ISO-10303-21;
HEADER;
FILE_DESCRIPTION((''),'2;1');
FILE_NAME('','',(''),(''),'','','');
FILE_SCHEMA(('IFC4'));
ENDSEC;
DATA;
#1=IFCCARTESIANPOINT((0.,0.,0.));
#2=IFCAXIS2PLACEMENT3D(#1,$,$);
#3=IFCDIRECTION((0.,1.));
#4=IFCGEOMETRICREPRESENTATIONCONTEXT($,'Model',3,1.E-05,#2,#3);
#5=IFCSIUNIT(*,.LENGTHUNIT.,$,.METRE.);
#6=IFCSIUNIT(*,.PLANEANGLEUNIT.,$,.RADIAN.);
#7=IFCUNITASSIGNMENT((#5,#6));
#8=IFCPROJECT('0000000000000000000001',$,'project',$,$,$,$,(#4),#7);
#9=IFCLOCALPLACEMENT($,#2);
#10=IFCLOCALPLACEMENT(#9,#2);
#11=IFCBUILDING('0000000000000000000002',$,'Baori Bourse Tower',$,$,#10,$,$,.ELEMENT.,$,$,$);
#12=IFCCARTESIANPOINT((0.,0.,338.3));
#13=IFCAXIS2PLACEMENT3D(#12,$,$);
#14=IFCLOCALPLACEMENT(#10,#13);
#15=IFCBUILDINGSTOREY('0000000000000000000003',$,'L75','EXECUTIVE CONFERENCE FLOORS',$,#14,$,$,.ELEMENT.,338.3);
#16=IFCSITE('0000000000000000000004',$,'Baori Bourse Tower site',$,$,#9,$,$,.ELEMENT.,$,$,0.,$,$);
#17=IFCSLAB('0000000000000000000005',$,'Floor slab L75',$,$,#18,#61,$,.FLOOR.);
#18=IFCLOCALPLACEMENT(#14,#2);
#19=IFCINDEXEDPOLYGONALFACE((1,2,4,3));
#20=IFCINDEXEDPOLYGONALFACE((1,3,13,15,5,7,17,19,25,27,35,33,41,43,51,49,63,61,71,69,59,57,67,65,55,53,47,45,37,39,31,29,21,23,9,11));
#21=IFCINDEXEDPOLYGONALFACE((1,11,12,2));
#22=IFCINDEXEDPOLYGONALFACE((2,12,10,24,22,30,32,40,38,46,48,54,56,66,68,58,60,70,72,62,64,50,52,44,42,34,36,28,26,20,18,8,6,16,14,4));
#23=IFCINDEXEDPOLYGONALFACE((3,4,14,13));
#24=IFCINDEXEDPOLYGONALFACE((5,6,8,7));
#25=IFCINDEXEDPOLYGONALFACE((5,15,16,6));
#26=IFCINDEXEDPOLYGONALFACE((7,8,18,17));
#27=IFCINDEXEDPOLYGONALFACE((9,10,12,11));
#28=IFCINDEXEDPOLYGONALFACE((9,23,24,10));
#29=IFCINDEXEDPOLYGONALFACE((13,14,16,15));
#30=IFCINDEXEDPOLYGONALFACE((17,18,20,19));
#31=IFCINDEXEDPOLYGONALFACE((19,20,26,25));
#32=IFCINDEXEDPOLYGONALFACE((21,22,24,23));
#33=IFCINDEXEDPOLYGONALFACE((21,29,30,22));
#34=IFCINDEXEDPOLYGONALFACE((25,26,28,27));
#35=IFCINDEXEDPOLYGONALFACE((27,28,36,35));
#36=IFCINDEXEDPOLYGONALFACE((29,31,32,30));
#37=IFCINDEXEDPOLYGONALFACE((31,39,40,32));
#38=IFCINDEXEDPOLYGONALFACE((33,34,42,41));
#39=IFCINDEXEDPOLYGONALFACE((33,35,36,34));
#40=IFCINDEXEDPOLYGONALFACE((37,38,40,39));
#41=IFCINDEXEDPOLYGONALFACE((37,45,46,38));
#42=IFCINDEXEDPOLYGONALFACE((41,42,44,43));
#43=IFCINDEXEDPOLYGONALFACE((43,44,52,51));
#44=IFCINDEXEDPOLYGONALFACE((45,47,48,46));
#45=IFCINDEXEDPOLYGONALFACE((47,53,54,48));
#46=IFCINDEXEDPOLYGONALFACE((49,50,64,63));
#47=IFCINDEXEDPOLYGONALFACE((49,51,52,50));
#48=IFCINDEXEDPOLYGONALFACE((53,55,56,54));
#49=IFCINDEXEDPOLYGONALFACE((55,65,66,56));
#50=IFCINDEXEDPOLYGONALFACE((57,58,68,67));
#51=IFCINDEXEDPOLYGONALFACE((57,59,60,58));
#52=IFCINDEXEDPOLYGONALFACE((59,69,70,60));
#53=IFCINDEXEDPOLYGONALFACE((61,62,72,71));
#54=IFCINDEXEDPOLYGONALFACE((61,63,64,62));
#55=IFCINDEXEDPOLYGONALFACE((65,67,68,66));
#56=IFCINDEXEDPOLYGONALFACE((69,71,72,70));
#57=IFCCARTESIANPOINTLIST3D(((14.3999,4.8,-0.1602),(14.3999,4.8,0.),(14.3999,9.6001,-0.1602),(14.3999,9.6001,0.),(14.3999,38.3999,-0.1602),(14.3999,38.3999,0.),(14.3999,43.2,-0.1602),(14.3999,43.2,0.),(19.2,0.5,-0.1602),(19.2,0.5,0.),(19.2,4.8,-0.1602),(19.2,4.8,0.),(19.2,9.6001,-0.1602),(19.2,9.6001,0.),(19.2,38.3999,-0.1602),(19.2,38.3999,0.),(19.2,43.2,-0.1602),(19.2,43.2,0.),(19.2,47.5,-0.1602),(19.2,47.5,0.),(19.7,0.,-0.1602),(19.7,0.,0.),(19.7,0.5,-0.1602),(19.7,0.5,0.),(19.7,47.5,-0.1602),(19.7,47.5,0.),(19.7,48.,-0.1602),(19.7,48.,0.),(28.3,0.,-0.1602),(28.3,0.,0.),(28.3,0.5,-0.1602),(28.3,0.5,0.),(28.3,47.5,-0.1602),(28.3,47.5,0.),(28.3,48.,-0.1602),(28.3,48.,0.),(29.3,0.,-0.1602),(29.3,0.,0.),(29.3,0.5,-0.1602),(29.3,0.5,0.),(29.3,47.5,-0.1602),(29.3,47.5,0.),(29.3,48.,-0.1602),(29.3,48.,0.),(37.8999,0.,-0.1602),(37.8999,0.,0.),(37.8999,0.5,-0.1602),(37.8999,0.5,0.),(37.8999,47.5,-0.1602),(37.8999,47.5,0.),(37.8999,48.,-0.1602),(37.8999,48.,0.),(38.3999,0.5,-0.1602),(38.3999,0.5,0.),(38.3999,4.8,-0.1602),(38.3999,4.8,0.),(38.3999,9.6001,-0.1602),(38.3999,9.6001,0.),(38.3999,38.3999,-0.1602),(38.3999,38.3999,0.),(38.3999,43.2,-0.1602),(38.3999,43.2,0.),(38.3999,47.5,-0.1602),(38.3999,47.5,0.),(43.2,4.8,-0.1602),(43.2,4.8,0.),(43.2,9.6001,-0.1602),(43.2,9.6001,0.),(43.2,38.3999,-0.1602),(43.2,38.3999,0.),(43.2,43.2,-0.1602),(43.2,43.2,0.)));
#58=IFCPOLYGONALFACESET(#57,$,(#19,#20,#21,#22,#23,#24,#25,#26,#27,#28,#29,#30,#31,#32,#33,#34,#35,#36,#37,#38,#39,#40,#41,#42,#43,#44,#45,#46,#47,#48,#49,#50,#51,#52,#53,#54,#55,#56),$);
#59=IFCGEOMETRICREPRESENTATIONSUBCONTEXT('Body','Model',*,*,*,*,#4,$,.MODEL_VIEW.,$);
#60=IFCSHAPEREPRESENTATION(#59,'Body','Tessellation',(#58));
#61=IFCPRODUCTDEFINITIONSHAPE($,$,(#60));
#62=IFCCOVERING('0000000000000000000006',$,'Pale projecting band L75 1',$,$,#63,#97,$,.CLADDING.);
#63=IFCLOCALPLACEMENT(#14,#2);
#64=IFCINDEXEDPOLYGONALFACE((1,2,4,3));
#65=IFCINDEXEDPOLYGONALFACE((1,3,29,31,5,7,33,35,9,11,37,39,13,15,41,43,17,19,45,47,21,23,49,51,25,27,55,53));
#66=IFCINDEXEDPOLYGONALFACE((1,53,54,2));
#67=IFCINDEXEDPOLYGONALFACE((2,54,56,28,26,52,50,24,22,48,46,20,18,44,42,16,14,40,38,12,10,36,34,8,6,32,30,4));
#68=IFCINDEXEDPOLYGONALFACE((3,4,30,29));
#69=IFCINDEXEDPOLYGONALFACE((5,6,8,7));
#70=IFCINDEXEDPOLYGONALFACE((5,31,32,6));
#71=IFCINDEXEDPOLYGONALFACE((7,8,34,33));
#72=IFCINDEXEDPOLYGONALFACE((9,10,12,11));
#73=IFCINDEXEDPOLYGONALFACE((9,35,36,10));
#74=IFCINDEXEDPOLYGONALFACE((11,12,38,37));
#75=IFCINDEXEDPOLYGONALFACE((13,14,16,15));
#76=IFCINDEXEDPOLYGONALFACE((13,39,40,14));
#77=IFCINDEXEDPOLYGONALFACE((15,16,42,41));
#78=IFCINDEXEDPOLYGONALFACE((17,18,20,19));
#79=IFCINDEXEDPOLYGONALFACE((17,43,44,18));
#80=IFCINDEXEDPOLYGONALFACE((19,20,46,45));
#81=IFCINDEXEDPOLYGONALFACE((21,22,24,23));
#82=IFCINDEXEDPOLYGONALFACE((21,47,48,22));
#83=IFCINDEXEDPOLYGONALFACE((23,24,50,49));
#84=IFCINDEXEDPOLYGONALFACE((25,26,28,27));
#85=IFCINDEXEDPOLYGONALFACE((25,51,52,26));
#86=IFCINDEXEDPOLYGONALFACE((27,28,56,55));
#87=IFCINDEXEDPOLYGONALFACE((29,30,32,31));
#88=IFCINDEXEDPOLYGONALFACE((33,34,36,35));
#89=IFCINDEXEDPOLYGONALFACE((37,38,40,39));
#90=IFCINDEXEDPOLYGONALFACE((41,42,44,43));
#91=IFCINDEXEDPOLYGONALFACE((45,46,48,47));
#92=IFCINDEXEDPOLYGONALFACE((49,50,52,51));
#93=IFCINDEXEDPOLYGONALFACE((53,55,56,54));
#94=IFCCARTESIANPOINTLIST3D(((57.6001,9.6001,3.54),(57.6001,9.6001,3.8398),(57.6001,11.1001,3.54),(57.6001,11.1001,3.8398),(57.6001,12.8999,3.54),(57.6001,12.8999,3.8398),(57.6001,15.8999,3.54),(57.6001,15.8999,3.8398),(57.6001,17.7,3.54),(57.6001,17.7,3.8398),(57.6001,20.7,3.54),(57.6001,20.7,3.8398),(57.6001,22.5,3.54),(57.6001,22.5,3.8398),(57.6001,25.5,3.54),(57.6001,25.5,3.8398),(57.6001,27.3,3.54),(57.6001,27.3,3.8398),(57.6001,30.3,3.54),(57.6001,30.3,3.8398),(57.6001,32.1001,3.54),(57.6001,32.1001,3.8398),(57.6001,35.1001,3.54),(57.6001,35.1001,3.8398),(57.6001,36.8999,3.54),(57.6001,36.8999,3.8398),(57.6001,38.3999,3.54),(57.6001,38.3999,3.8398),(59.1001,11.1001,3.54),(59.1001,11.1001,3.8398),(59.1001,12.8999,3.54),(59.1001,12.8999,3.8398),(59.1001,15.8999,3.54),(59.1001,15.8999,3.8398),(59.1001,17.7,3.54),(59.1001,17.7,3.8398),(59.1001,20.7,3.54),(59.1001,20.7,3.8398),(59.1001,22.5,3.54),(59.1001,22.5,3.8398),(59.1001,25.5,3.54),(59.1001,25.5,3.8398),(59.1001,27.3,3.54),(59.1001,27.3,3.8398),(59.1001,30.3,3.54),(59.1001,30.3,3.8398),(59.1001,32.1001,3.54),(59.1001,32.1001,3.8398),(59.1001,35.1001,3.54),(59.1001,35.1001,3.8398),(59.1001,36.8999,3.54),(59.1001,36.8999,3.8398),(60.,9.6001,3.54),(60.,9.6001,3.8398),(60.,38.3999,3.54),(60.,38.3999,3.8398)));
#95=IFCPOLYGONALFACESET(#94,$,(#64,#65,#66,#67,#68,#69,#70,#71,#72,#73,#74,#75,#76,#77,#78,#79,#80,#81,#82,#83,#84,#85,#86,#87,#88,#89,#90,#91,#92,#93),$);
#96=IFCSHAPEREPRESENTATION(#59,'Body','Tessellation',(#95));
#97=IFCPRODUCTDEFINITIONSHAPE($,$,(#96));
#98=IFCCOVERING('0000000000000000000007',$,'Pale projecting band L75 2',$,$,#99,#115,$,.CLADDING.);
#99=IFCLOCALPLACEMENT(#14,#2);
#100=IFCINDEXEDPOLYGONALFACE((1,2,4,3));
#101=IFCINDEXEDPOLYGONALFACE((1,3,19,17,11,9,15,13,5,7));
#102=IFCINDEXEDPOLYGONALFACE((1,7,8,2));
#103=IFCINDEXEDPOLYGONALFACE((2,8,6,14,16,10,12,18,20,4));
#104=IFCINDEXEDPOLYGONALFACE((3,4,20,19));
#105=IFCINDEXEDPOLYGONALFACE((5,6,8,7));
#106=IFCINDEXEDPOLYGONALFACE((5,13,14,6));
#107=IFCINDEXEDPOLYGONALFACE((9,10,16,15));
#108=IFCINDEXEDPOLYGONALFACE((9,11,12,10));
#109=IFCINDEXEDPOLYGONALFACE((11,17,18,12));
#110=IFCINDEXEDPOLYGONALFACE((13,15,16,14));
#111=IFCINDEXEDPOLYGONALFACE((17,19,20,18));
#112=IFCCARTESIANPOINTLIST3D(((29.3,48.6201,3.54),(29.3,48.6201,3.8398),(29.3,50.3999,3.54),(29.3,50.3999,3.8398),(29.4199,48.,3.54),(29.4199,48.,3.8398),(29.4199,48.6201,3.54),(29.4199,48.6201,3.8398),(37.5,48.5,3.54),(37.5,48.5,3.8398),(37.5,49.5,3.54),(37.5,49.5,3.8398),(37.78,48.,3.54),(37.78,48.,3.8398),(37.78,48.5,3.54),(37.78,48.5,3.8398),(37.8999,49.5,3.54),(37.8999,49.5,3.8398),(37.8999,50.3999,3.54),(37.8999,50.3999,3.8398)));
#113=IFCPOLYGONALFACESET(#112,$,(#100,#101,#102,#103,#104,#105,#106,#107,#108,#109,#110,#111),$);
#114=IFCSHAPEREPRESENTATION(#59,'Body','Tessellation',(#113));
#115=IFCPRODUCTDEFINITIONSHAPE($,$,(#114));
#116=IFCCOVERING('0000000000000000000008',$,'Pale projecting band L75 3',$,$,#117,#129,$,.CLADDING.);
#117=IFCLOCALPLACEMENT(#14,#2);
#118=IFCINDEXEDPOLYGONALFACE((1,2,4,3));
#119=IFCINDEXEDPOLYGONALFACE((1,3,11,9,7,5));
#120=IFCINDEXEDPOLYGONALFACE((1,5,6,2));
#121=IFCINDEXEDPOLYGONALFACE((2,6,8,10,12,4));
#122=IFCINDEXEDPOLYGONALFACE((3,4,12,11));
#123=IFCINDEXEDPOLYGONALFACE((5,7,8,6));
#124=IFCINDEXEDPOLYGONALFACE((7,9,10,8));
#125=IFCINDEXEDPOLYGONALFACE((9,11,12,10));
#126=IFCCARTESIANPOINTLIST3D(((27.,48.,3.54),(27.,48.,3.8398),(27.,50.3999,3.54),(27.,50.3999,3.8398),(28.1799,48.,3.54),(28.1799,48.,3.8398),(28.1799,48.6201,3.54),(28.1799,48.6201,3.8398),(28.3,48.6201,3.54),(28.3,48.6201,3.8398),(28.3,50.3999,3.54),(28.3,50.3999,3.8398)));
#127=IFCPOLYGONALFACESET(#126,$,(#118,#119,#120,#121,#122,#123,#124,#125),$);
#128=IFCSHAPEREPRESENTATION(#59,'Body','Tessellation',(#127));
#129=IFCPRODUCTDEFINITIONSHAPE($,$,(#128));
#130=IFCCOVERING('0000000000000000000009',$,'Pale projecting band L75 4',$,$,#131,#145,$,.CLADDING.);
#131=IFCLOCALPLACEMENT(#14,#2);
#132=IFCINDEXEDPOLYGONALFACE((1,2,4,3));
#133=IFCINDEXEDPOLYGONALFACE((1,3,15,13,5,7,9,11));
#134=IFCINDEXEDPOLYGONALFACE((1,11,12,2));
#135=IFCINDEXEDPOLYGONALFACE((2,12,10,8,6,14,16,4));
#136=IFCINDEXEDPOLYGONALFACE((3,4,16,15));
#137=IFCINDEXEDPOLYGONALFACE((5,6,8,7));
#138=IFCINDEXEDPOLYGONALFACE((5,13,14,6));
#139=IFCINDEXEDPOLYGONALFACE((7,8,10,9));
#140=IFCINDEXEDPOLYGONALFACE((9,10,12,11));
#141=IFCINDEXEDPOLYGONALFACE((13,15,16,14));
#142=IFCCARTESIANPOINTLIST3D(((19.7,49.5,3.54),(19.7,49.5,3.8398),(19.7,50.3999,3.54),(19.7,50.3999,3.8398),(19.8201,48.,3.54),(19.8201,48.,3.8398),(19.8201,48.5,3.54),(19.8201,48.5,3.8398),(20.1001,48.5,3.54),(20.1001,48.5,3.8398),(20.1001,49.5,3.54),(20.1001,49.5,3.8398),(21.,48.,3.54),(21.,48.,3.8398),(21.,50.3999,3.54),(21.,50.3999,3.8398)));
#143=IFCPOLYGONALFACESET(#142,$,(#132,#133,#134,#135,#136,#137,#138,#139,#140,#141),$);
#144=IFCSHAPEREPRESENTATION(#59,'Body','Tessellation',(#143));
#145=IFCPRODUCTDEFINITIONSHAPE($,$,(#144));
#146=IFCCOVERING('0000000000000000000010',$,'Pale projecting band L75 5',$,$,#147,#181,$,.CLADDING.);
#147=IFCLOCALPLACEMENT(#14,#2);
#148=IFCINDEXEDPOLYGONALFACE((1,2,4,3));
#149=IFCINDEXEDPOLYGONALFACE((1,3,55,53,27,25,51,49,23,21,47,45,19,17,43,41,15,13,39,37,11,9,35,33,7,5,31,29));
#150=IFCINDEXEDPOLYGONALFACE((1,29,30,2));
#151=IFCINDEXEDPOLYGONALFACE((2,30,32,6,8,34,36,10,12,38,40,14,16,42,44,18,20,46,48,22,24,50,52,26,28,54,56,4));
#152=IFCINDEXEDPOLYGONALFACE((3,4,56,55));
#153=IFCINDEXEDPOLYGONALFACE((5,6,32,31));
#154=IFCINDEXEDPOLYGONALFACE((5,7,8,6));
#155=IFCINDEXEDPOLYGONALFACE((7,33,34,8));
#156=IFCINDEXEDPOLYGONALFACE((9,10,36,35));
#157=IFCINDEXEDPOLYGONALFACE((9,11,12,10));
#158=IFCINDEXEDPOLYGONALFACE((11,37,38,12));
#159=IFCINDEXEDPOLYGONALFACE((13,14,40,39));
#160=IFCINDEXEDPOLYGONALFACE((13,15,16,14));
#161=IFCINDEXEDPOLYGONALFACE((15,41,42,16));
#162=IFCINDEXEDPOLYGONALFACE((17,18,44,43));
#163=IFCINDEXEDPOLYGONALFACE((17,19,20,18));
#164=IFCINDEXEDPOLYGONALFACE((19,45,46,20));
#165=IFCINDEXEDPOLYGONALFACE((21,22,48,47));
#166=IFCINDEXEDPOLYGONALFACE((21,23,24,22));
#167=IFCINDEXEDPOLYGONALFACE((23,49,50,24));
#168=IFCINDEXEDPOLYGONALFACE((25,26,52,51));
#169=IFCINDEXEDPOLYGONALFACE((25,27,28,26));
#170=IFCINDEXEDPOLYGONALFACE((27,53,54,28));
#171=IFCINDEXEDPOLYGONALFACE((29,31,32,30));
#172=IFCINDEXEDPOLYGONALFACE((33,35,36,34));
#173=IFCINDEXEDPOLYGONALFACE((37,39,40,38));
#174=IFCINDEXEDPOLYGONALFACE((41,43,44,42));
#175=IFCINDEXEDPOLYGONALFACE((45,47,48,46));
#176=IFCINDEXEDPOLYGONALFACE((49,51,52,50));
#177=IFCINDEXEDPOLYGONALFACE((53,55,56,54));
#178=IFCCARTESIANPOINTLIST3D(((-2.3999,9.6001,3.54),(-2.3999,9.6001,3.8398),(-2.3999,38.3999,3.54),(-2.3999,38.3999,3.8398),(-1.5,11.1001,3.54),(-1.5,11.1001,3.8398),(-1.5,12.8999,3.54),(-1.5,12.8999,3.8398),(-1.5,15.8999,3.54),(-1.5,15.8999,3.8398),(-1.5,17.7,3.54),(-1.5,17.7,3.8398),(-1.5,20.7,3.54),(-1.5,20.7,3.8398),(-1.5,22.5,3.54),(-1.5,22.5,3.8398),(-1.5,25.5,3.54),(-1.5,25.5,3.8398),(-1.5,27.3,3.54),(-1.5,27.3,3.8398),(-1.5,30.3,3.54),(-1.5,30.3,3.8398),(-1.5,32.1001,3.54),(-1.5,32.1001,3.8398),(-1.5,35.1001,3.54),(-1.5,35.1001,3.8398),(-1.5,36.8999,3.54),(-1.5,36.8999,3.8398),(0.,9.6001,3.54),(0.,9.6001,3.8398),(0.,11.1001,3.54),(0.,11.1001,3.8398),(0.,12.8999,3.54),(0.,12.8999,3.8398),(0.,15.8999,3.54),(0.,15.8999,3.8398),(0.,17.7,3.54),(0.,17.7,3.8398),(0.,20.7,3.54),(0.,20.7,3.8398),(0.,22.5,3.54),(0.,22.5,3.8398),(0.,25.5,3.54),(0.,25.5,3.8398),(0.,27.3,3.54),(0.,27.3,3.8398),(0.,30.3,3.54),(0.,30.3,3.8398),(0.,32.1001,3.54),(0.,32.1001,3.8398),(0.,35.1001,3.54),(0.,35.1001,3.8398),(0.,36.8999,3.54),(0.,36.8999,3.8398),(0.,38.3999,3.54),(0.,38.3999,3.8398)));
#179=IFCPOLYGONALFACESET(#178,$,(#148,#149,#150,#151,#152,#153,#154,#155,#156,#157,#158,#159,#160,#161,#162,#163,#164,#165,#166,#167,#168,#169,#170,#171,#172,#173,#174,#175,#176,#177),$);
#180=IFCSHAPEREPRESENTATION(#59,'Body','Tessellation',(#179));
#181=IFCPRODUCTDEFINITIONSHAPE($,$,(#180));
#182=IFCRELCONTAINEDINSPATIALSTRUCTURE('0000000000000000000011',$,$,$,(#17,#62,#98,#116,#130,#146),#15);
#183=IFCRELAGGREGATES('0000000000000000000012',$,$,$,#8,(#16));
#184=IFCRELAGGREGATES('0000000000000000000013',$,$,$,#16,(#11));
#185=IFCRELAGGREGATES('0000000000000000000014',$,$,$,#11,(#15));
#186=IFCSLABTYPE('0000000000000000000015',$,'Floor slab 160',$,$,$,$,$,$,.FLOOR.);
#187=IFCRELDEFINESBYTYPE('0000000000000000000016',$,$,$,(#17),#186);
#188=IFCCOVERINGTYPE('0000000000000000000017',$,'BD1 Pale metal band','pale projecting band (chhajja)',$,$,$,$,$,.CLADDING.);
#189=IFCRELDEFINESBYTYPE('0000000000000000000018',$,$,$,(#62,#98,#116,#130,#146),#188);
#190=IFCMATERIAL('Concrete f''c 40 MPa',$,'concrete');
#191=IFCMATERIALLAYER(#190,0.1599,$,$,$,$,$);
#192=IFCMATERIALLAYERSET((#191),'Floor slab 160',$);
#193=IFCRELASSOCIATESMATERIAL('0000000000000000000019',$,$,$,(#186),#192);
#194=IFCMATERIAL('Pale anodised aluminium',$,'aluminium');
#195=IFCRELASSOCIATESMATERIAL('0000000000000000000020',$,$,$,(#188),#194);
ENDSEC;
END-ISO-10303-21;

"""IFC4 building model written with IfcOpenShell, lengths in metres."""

from ifc_helpers import new_model, si_unit, direction, frame, origin, place, context, subcontext, project, spatial, polyline, outline, extrude, material, layer, layer_set, type_object, element, save


model = new_model("IFC4")

# Units and contexts
model_context = context("Model", 3, precision=1e-05, world=origin(), true_north=direction((0.0, 1.0)))
body_context = subcontext(model_context, "Body", "Model", "MODEL_VIEW")
ifc_project = project(units=[si_unit("LENGTHUNIT", "METRE"), si_unit("PLANEANGLEUNIT", "RADIAN")], contexts=[model_context])

# Site, building, storey
site_placement = place(None, origin())
site = spatial("IfcSite", under=ifc_project, at=site_placement, Name="Baori Bourse Tower site", CompositionType="ELEMENT", RefElevation=0.0)
building_placement = place(site_placement, origin())
building = spatial("IfcBuilding", under=site, at=building_placement, Name="Baori Bourse Tower", CompositionType="ELEMENT")
storey_placement = place(building_placement, frame((0.0, 0.0, 338.3)))
storey = spatial("IfcBuildingStorey", under=building, at=storey_placement, Name="L75", Description="EXECUTIVE CONFERENCE FLOORS", CompositionType="ELEMENT", Elevation=338.3)

# Slab
ifc_material_1 = material(Name="Concrete f'c 40 MPa", Category="concrete")
ifc_layer_1 = layer(ifc_material_1, 0.1599)
ifc_layer_set_1 = layer_set([ifc_layer_1], Name="Floor slab 160")
slab_type_1 = type_object("IfcSlabType", Name="Floor slab 160", PredefinedType="FLOOR", material=ifc_layer_set_1)
slab_1_placement = place(storey_placement, frame((0.0, 0.0, -0.1602)))
element("IfcSlab", 1, at=slab_1_placement, inside=storey, type_object=slab_type_1, Name="Floor slab L75", PredefinedType="FLOOR", context=body_context, shape_type="SweptSolid", body=[
    extrude(outline(polyline([(19.2, 4.8), (14.3999, 4.8), (14.3999, 9.6001), (19.2, 9.6001), (19.2, 38.3999), (14.3999, 38.3999), (14.3999, 43.2), (19.2, 43.2), (19.2, 47.5), (19.7, 47.5), (19.7, 48.0), (28.3, 48.0), (28.3, 47.5), (29.3, 47.5), (29.3, 48.0), (37.8999, 48.0), (37.8999, 47.5), (38.3999, 47.5), (38.3999, 43.2), (43.2, 43.2), (43.2, 38.3999), (38.3999, 38.3999), (38.3999, 9.6001), (43.2, 9.6001), (43.2, 4.8), (38.3999, 4.8), (38.3999, 0.5), (37.8999, 0.5), (37.8999, 0.0), (29.3, 0.0), (29.3, 0.5), (28.3, 0.5), (28.3, 0.0), (19.7, 0.0), (19.7, 0.5), (19.2, 0.5), (19.2, 4.8)])), origin(), (0.0, 0.0, 1.0), 0.1602),
])

# Coverings
ifc_material_2 = material(Name="Pale anodised aluminium", Category="aluminium")
covering_type_1 = type_object("IfcCoveringType", Name="BD1 Pale metal band", Description="pale projecting band (chhajja)", PredefinedType="CLADDING", material=ifc_material_2)
covering_1_placement = place(storey_placement, frame((0.0, 0.0, 3.54)))
element("IfcCovering", 2, at=covering_1_placement, inside=storey, type_object=covering_type_1, Name="Pale projecting band L75 1", PredefinedType="CLADDING", context=body_context, shape_type="SweptSolid", body=[
    extrude(outline(polyline([(57.6001, 11.1001), (57.6001, 9.6001), (60.0, 9.6001), (60.0, 38.3999), (57.6001, 38.3999), (57.6001, 36.8999), (59.1001, 36.8999), (59.1001, 35.1001), (57.6001, 35.1001), (57.6001, 32.1001), (59.1001, 32.1001), (59.1001, 30.3), (57.6001, 30.3), (57.6001, 27.3), (59.1001, 27.3), (59.1001, 25.5), (57.6001, 25.5), (57.6001, 22.5), (59.1001, 22.5), (59.1001, 20.7), (57.6001, 20.7), (57.6001, 17.7), (59.1001, 17.7), (59.1001, 15.8999), (57.6001, 15.8999), (57.6001, 12.8999), (59.1001, 12.8999), (59.1001, 11.1001), (57.6001, 11.1001)])), origin(), (0.0, 0.0, 1.0), 0.2998),
])
covering_2_placement = place(storey_placement, frame((0.0, 0.0, 3.54)))
element("IfcCovering", 3, at=covering_2_placement, inside=storey, type_object=covering_type_1, Name="Pale projecting band L75 2", PredefinedType="CLADDING", context=body_context, shape_type="SweptSolid", body=[
    extrude(outline(polyline([(29.4199, 48.0), (37.78, 48.0), (37.78, 48.5), (37.5, 48.5), (37.5, 49.5), (37.8999, 49.5), (37.8999, 50.3999), (29.3, 50.3999), (29.3, 48.6201), (29.4199, 48.6201), (29.4199, 48.0)])), origin(), (0.0, 0.0, 1.0), 0.2998),
])
covering_3_placement = place(storey_placement, frame((0.0, 0.0, 3.54)))
element("IfcCovering", 4, at=covering_3_placement, inside=storey, type_object=covering_type_1, Name="Pale projecting band L75 3", PredefinedType="CLADDING", context=body_context, shape_type="SweptSolid", body=[
    extrude(outline(polyline([(27.0, 48.0), (28.1799, 48.0), (28.1799, 48.6201), (28.3, 48.6201), (28.3, 50.3999), (27.0, 50.3999), (27.0, 48.0)])), origin(), (0.0, 0.0, 1.0), 0.2998),
])
covering_4_placement = place(storey_placement, frame((0.0, 0.0, 3.54)))
element("IfcCovering", 5, at=covering_4_placement, inside=storey, type_object=covering_type_1, Name="Pale projecting band L75 4", PredefinedType="CLADDING", context=body_context, shape_type="SweptSolid", body=[
    extrude(outline(polyline([(19.8201, 48.0), (21.0, 48.0), (21.0, 50.3999), (19.7, 50.3999), (19.7, 49.5), (20.1001, 49.5), (20.1001, 48.5), (19.8201, 48.5), (19.8201, 48.0)])), origin(), (0.0, 0.0, 1.0), 0.2998),
])
covering_5_placement = place(storey_placement, frame((0.0, 0.0, 3.54)))
element("IfcCovering", 6, at=covering_5_placement, inside=storey, type_object=covering_type_1, Name="Pale projecting band L75 5", PredefinedType="CLADDING", context=body_context, shape_type="SweptSolid", body=[
    extrude(outline(polyline([(0.0, 36.8999), (0.0, 38.3999), (-2.3999, 38.3999), (-2.3999, 9.6001), (0.0, 9.6001), (0.0, 11.1001), (-1.5, 11.1001), (-1.5, 12.8999), (0.0, 12.8999), (0.0, 15.8999), (-1.5, 15.8999), (-1.5, 17.7), (0.0, 17.7), (0.0, 20.7), (-1.5, 20.7), (-1.5, 22.5), (0.0, 22.5), (0.0, 25.5), (-1.5, 25.5), (-1.5, 27.3), (0.0, 27.3), (0.0, 30.3), (-1.5, 30.3), (-1.5, 32.1001), (0.0, 32.1001), (0.0, 35.1001), (-1.5, 35.1001), (-1.5, 36.8999), (0.0, 36.8999)])), origin(), (0.0, 0.0, 1.0), 0.2998),
])

save(model, "model.ifc")
